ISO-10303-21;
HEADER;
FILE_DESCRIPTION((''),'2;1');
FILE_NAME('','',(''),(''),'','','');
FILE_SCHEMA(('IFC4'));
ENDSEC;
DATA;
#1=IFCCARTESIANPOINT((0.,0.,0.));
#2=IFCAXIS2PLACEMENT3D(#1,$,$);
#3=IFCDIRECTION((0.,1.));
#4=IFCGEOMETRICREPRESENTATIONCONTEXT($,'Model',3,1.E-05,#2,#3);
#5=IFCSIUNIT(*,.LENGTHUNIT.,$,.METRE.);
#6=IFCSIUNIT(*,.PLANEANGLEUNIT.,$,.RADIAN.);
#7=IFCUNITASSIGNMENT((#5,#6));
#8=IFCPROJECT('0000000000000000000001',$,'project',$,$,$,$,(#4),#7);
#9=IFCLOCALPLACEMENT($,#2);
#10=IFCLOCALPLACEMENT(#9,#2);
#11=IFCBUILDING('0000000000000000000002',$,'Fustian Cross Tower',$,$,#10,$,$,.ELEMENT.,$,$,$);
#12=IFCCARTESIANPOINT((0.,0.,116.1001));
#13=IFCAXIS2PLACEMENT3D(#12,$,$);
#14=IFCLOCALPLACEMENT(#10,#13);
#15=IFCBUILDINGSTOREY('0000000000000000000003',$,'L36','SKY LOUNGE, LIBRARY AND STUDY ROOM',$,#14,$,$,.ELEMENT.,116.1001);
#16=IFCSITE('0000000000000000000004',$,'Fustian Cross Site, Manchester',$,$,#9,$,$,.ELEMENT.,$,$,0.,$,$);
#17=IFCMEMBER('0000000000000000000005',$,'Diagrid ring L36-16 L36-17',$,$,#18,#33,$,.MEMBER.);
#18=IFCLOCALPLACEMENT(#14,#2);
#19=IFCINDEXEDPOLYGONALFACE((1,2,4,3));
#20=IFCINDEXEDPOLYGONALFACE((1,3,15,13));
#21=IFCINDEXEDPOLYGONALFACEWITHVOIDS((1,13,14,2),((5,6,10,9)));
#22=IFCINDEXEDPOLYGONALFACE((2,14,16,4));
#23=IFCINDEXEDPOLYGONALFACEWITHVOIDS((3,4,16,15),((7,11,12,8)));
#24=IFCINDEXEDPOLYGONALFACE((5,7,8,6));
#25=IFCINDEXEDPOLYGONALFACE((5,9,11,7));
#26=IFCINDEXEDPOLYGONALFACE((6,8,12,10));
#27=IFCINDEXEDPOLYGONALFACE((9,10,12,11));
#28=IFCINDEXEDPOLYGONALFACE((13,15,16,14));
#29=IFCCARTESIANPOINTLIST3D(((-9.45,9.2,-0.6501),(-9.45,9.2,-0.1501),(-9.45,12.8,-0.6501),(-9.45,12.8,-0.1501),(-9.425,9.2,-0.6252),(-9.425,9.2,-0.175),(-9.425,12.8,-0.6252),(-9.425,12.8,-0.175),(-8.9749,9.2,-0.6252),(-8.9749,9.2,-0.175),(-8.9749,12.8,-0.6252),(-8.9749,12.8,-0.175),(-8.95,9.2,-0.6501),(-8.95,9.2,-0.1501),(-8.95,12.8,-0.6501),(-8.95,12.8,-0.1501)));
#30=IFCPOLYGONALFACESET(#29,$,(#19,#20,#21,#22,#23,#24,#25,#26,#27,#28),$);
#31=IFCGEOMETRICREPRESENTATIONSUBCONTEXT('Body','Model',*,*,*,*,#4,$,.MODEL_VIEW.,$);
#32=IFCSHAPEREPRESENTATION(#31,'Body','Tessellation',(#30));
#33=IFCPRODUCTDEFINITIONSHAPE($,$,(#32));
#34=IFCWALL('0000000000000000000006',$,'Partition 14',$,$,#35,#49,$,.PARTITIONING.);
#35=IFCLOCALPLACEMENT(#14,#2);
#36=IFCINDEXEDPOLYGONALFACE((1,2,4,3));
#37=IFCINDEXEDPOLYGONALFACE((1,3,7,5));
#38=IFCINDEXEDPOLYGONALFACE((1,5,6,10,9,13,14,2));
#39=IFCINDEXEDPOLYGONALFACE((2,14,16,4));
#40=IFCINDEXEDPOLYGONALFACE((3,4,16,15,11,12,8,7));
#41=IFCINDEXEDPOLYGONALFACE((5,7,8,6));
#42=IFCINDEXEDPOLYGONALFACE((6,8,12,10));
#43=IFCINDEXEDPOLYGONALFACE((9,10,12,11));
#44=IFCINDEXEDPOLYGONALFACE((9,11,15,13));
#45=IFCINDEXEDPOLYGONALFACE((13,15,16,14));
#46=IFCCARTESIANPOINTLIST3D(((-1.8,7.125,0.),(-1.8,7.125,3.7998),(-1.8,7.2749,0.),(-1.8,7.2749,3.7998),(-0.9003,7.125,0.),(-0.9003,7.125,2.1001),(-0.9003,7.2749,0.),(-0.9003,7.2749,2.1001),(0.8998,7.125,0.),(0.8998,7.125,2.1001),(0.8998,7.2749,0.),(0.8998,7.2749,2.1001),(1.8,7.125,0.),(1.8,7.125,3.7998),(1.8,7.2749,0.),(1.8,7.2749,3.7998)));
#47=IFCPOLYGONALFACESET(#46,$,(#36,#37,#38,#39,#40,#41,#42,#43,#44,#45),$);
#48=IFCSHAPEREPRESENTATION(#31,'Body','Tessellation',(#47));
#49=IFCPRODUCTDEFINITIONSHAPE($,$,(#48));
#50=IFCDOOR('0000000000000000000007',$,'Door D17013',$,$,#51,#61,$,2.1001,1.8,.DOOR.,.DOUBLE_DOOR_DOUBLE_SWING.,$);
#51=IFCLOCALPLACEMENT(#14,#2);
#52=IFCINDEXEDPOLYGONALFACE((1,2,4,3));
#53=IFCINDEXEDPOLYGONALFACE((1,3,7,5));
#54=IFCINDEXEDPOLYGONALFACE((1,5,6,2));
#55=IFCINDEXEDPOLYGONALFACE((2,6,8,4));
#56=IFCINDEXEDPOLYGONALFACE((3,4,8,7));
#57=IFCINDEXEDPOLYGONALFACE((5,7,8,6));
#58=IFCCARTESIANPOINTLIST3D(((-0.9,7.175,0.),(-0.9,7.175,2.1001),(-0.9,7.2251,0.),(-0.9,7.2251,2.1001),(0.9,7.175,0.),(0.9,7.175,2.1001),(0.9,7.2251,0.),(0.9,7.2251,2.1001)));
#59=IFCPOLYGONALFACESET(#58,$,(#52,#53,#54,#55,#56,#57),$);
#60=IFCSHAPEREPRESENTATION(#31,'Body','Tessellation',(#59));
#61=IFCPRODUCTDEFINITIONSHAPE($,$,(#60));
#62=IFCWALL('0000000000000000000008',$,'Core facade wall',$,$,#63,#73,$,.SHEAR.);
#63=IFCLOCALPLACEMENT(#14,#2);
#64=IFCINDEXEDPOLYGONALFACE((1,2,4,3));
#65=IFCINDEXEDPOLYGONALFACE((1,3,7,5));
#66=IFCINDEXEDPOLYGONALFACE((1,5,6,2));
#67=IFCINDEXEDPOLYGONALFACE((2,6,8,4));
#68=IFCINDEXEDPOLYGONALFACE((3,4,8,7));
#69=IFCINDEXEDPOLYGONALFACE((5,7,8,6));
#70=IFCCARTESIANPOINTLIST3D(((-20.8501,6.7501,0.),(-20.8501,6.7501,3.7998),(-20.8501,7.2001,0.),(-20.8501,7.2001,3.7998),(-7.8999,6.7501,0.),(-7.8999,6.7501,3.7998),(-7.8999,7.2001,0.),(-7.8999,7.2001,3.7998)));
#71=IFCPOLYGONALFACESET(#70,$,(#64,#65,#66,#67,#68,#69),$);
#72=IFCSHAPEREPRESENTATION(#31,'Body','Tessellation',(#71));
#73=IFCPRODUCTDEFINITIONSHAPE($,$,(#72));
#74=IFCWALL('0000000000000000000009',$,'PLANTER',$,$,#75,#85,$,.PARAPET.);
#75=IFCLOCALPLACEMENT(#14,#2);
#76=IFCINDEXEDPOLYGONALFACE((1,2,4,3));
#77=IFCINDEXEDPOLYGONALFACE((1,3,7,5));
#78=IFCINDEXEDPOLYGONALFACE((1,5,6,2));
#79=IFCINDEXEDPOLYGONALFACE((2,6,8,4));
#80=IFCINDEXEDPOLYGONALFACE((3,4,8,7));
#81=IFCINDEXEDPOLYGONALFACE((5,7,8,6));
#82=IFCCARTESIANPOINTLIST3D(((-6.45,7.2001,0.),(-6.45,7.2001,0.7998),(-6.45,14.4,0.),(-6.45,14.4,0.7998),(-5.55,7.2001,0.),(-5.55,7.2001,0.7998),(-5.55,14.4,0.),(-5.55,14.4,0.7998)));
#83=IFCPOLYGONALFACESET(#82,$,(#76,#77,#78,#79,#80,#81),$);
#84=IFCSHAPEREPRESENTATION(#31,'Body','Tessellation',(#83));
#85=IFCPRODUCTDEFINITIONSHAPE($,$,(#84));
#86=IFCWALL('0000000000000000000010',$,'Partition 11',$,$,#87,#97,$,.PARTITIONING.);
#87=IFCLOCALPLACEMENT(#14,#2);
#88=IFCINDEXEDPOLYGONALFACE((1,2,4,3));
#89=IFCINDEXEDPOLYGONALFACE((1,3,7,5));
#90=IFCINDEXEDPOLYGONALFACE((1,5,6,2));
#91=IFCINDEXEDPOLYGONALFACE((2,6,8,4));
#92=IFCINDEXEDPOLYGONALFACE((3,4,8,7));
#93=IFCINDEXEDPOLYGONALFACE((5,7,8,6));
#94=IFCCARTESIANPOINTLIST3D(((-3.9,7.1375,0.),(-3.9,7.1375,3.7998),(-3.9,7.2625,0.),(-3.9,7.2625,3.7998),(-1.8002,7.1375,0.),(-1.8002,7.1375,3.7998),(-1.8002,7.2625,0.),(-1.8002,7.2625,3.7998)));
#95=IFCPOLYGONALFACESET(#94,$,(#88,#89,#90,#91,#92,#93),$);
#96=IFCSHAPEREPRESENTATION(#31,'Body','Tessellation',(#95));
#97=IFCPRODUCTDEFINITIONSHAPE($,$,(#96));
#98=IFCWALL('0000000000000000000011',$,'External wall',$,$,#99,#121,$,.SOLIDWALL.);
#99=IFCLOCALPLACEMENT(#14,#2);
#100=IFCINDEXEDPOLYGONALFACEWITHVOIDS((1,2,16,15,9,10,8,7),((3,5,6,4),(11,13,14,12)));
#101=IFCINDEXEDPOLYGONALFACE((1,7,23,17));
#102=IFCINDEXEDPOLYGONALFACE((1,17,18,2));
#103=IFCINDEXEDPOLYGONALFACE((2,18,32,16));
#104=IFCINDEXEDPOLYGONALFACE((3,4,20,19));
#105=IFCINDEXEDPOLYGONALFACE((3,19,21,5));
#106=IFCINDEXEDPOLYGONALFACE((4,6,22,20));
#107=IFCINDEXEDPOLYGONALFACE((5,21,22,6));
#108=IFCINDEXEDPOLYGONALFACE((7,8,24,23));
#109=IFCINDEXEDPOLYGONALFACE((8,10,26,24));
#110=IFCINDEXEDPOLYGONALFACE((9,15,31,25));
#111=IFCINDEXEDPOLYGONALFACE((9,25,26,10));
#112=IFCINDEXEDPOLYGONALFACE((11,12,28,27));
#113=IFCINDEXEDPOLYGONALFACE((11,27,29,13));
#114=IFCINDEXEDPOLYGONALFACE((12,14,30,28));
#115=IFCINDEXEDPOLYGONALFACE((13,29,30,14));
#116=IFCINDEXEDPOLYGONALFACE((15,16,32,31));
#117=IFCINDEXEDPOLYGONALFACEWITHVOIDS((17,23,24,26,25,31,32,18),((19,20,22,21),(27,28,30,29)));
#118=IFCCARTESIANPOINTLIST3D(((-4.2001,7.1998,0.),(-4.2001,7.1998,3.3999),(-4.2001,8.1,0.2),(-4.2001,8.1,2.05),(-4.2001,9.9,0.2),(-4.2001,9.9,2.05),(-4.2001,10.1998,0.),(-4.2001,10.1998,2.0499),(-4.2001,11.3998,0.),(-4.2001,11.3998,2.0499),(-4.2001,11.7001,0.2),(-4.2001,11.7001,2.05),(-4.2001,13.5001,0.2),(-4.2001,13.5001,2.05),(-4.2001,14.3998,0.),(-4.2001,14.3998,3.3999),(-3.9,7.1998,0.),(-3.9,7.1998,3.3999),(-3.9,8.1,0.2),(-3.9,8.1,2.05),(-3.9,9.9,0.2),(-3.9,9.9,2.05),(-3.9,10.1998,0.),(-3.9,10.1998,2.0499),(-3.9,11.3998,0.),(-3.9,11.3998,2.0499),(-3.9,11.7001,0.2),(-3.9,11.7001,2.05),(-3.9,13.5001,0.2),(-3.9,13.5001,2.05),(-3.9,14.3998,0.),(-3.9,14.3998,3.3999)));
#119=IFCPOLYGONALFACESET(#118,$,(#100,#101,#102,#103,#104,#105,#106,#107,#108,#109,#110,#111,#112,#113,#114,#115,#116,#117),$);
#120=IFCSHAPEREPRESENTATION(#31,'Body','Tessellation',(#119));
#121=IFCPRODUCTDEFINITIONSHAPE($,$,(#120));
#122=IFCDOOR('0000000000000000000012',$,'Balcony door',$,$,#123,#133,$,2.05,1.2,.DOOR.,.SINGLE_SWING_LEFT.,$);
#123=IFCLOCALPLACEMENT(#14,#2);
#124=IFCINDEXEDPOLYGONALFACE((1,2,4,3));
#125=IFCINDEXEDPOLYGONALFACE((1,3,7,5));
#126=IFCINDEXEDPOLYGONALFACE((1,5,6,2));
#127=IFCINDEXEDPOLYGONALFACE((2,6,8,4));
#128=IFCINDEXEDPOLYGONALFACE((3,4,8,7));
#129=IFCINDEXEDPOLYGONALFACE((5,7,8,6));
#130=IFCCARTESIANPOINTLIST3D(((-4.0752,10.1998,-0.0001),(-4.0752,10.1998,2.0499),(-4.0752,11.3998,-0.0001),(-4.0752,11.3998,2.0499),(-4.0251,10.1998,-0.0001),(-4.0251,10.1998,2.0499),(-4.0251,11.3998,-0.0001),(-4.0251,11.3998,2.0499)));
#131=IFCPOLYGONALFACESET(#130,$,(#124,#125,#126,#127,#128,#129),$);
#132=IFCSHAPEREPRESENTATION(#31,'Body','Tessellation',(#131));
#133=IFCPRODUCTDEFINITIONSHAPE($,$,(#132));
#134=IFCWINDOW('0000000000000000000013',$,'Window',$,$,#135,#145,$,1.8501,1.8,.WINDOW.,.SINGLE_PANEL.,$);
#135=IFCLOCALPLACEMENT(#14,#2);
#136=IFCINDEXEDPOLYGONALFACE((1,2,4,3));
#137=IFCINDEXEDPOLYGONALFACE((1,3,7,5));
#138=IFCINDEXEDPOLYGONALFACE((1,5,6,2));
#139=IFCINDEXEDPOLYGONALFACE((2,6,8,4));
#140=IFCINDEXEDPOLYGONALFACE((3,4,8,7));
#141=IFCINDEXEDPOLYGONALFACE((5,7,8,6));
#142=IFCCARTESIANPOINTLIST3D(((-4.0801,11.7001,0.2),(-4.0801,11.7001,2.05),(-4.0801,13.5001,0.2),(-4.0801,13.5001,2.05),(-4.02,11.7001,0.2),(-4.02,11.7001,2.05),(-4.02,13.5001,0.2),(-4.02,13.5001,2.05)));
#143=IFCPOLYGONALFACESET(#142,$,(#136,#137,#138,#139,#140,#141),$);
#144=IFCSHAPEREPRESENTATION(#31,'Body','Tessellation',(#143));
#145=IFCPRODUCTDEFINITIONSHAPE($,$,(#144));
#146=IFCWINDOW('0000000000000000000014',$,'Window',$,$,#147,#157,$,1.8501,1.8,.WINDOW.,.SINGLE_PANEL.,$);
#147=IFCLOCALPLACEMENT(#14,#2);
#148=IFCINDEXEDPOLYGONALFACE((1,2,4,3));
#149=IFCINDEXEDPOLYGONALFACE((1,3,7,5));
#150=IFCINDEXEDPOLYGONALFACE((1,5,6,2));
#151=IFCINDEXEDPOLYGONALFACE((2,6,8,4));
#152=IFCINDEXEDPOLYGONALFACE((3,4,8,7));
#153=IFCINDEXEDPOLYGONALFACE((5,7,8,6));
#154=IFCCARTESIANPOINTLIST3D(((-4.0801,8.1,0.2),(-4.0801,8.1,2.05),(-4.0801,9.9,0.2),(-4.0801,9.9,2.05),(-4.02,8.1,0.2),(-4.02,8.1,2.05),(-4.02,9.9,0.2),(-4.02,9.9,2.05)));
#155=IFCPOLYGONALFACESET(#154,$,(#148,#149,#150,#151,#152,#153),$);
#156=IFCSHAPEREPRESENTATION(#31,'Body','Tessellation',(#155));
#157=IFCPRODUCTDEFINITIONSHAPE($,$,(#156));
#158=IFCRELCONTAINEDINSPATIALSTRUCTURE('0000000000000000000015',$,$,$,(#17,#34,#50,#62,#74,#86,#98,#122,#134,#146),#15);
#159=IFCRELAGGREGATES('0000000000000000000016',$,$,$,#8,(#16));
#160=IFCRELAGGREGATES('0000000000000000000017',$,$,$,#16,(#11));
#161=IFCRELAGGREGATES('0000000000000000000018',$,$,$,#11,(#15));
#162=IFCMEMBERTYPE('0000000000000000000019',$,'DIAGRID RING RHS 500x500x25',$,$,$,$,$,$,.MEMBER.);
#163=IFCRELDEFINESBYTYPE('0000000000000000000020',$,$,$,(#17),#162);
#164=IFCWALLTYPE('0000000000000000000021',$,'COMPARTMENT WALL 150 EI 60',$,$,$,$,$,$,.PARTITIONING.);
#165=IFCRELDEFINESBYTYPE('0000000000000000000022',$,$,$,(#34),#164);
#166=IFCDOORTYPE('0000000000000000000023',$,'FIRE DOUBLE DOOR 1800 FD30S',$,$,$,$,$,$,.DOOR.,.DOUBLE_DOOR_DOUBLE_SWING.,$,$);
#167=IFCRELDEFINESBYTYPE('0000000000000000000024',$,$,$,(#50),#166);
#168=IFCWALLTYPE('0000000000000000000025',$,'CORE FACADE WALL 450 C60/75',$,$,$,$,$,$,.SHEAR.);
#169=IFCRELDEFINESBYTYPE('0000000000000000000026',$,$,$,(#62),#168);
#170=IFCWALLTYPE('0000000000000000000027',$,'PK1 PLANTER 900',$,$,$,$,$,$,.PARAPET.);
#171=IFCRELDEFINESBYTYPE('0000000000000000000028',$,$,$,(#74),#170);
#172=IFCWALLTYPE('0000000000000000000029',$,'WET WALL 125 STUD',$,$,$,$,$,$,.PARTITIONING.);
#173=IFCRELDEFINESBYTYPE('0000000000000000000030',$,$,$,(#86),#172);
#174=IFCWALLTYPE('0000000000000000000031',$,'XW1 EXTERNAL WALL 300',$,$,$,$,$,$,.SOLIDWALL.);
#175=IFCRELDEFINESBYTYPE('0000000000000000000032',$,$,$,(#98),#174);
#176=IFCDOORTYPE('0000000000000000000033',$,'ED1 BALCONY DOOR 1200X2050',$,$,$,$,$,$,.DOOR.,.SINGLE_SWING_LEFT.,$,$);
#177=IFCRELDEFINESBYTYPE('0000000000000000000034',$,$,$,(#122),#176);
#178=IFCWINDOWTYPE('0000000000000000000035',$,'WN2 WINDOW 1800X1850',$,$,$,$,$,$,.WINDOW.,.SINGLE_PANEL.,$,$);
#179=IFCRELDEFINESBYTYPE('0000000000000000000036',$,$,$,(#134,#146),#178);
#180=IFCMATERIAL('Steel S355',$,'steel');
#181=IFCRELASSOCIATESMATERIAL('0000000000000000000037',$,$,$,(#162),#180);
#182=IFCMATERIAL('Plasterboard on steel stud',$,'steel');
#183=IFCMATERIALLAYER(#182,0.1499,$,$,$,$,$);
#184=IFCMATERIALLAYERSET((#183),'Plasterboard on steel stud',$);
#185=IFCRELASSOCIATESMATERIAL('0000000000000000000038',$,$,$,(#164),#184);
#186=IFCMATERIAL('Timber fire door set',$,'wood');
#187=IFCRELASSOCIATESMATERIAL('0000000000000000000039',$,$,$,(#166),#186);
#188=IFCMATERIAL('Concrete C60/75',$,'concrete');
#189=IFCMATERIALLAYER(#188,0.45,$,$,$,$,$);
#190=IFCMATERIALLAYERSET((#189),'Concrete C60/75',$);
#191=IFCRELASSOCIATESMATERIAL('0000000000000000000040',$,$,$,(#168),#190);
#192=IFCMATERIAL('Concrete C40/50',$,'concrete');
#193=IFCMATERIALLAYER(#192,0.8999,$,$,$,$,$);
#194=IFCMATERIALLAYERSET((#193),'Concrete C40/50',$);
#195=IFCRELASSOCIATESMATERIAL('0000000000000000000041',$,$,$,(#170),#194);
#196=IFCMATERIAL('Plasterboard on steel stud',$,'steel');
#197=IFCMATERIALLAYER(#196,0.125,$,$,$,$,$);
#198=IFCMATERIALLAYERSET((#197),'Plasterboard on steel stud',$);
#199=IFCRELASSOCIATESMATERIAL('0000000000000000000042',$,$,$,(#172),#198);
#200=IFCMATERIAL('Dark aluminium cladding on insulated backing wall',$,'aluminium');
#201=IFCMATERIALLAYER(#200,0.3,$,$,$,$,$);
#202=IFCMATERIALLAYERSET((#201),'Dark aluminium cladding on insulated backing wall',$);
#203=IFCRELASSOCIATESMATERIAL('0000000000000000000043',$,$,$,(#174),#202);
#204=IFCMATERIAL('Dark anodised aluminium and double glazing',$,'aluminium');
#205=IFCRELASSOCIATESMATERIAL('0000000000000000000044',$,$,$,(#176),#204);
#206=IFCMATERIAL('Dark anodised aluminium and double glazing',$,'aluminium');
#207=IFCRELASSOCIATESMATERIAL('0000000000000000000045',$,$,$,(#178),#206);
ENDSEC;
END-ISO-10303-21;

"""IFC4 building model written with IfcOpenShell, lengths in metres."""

from ifc_helpers import new_model, si_unit, direction, frame, frame_2d, origin, origin_2d, place, context, subcontext, project, spatial, rectangle, hollow_rectangle, extrude, material, layer, layer_set, material_profile, profile_set, type_object, element, fill, save


model = new_model("IFC4")

# Units and contexts
model_context = context("Model", 3, precision=1e-05, world=origin(), true_north=direction((0.0, 1.0)))
body_context = subcontext(model_context, "Body", "Model", "MODEL_VIEW")
ifc_project = project(units=[si_unit("LENGTHUNIT", "METRE"), si_unit("PLANEANGLEUNIT", "RADIAN")], contexts=[model_context])

# Site, building, storey
site_placement = place(None, origin())
site = spatial("IfcSite", under=ifc_project, at=site_placement, Name="Fustian Cross Site, Manchester", CompositionType="ELEMENT", RefElevation=0.0)
building_placement = place(site_placement, origin())
building = spatial("IfcBuilding", under=site, at=building_placement, Name="Fustian Cross Tower", CompositionType="ELEMENT")
storey_placement = place(building_placement, frame((0.0, 0.0, 116.1001)))
storey = spatial("IfcBuildingStorey", under=building, at=storey_placement, Name="L36", Description="SKY LOUNGE, LIBRARY AND STUDY ROOM", CompositionType="ELEMENT", Elevation=116.1001)

# Member
ifc_material_1 = material(Name="Steel S355", Category="steel")
ifc_material_profile = material_profile(ifc_material_1, hollow_rectangle(XDim=0.5, YDim=0.5, WallThickness=0.0249, at=origin_2d()), Name="RHS 500x500x25")
ifc_profile_set = profile_set([ifc_material_profile], Name="Steel S355")
member_type = type_object("IfcMemberType", Name="DIAGRID RING RHS 500x500x25", PredefinedType="MEMBER", material=ifc_profile_set)
member_placement = place(storey_placement, frame((-9.2, 12.8, -0.4001), z_axis=(0.0, -1.0, 0.0), x_axis=(1.0, 0.0, 0.0)))
element("IfcMember", 1, at=member_placement, inside=storey, type_object=member_type, Name="Diagrid ring L36-16 L36-17", PredefinedType="MEMBER", context=body_context, shape_type="SweptSolid", body=[
    extrude(hollow_rectangle(XDim=0.5, YDim=0.5, WallThickness=0.0249, at=origin_2d()), origin(), (0.0, 0.0, 1.0), 3.6001),
])

# Wall, opening, door
ifc_material_2 = material(Name="Plasterboard on steel stud", Category="steel")
ifc_layer_1 = layer(ifc_material_2, 0.1499)
ifc_layer_set_1 = layer_set([ifc_layer_1], Name="Plasterboard on steel stud")
wall_type_1 = type_object("IfcWallType", Name="COMPARTMENT WALL 150 EI 60", PredefinedType="PARTITIONING", material=ifc_layer_set_1)
wall_1_placement = place(storey_placement, frame((-1.8, 7.2, 0.0), z_axis=(0.0, 0.0, 1.0), x_axis=(1.0, 0.0, 0.0)))
wall_1 = element("IfcWall", 2, at=wall_1_placement, inside=storey, type_object=wall_type_1, Name="Partition 14", PredefinedType="PARTITIONING", context=body_context, shape_type="SweptSolid", body=[
    extrude(rectangle(XDim=3.6001, YDim=0.1499, at=frame_2d((1.8, 0.0))), origin(), (0.0, 0.0, 1.0), 3.7998),
])
opening_1_placement = place(wall_1_placement, frame((0.8999, 0.0, 0.0)))
opening_1 = element("IfcOpeningElement", 3, at=opening_1_placement, cuts=wall_1, PredefinedType="OPENING", context=body_context, shape_type="SweptSolid", body=[
    extrude(rectangle(XDim=1.8, YDim=2.1001, at=frame_2d((0.8999, 1.05))), frame((0.0, 0.085, 0.0), z_axis=(0.0, -1.0, 0.0), x_axis=(1.0, 0.0, 0.0)), (0.0, 0.0, 1.0), 0.1699),
])
ifc_material_3 = material(Name="Timber fire door set", Category="wood")
door_type_1 = type_object("IfcDoorType", Name="FIRE DOUBLE DOOR 1800 FD30S", OperationType="DOUBLE_DOOR_DOUBLE_SWING", PredefinedType="DOOR", material=ifc_material_3)
door_1_placement = place(opening_1_placement, frame((1.8, 0.0, 0.0), z_axis=(0.0, 0.0, 1.0), x_axis=(-1.0, 0.0, 0.0)))
door_1 = element("IfcDoor", 4, at=door_1_placement, inside=storey, type_object=door_type_1, Name="Door D17013", OperationType="DOUBLE_DOOR_DOUBLE_SWING", OverallHeight=2.1001, OverallWidth=1.8, PredefinedType="DOOR", context=body_context, shape_type="SweptSolid", body=[
    extrude(rectangle(XDim=1.8, YDim=2.1001, at=frame_2d((0.8999, 1.05))), frame((0.0, 0.0249, 0.0), z_axis=(0.0, -1.0, 0.0), x_axis=(1.0, 0.0, 0.0)), (0.0, 0.0, 1.0), 0.05),
])
fill(opening_1, door_1)

# Walls
ifc_material_4 = material(Name="Concrete C60/75", Category="concrete")
ifc_layer_2 = layer(ifc_material_4, 0.45)
ifc_layer_set_2 = layer_set([ifc_layer_2], Name="Concrete C60/75")
wall_type_2 = type_object("IfcWallType", Name="CORE FACADE WALL 450 C60/75", PredefinedType="SHEAR", material=ifc_layer_set_2)
wall_2_placement = place(storey_placement, frame((-7.8999, 6.9751, 0.0), z_axis=(0.0, 0.0, 1.0), x_axis=(-1.0, 0.0, 0.0)))
element("IfcWall", 5, at=wall_2_placement, inside=storey, type_object=wall_type_2, Name="Core facade wall", PredefinedType="SHEAR", context=body_context, shape_type="SweptSolid", body=[
    extrude(rectangle(XDim=12.9502, YDim=0.45, at=frame_2d((6.4751, 0.0))), origin(), (0.0, 0.0, 1.0), 3.7998),
])
ifc_material_5 = material(Name="Concrete C40/50", Category="concrete")
ifc_layer_3 = layer(ifc_material_5, 0.8999)
ifc_layer_set_3 = layer_set([ifc_layer_3], Name="Concrete C40/50")
wall_type_3 = type_object("IfcWallType", Name="PK1 PLANTER 900", PredefinedType="PARAPET", material=ifc_layer_set_3)
wall_3_placement = place(storey_placement, frame((-6.0, 7.2, 0.0), z_axis=(0.0, 0.0, 1.0), x_axis=(0.0, 1.0, 0.0)))
element("IfcWall", 6, at=wall_3_placement, inside=storey, type_object=wall_type_3, Name="PLANTER", PredefinedType="PARAPET", context=body_context, shape_type="SweptSolid", body=[
    extrude(rectangle(XDim=7.2, YDim=0.8999, at=frame_2d((3.6001, 0.0))), origin(), (0.0, 0.0, 1.0), 0.7998),
])
ifc_material_6 = material(Name="Plasterboard on steel stud", Category="steel")
ifc_layer_4 = layer(ifc_material_6, 0.125)
ifc_layer_set_4 = layer_set([ifc_layer_4], Name="Plasterboard on steel stud")
wall_type_4 = type_object("IfcWallType", Name="WET WALL 125 STUD", PredefinedType="PARTITIONING", material=ifc_layer_set_4)
wall_4_placement = place(storey_placement, frame((-3.8999, 7.2, 0.0), z_axis=(0.0, 0.0, 1.0), x_axis=(1.0, 0.0, 0.0)))
element("IfcWall", 7, at=wall_4_placement, inside=storey, type_object=wall_type_4, Name="Partition 11", PredefinedType="PARTITIONING", context=body_context, shape_type="SweptSolid", body=[
    extrude(rectangle(XDim=2.0999, YDim=0.125, at=frame_2d((1.0498, 0.0))), origin(), (0.0, 0.0, 1.0), 3.7998),
])

# Wall, openings, door, windows
ifc_material_7 = material(Name="Dark aluminium cladding on insulated backing wall", Category="aluminium")
ifc_layer_5 = layer(ifc_material_7, 0.3)
ifc_layer_set_5 = layer_set([ifc_layer_5], Name="Dark aluminium cladding on insulated backing wall")
wall_type_5 = type_object("IfcWallType", Name="XW1 EXTERNAL WALL 300", PredefinedType="SOLIDWALL", material=ifc_layer_set_5)
wall_5_placement = place(storey_placement, frame((-4.05, 14.3999, 0.0), z_axis=(0.0, 0.0, 1.0), x_axis=(0.0, -1.0, 0.0)))
wall_5 = element("IfcWall", 8, at=wall_5_placement, inside=storey, type_object=wall_type_5, Name="External wall", PredefinedType="SOLIDWALL", context=body_context, shape_type="SweptSolid", body=[
    extrude(rectangle(XDim=7.2, YDim=0.3, at=frame_2d((3.6001, 0.0))), origin(), (0.0, 0.0, 1.0), 3.3999),
])
opening_2_placement = place(wall_5_placement, frame((3.0, 0.0, 0.0)))
opening_2 = element("IfcOpeningElement", 9, at=opening_2_placement, cuts=wall_5, PredefinedType="OPENING", context=body_context, shape_type="SweptSolid", body=[
    extrude(rectangle(XDim=1.2, YDim=2.05, at=frame_2d((0.6001, 1.0249))), frame((0.0, 0.1599, 0.0), z_axis=(0.0, -1.0, 0.0), x_axis=(1.0, 0.0, 0.0)), (0.0, 0.0, 1.0), 0.3201),
])
opening_3_placement = place(wall_5_placement, frame((0.8999, 0.0, 0.2)))
opening_3 = element("IfcOpeningElement", 10, at=opening_3_placement, cuts=wall_5, PredefinedType="OPENING", context=body_context, shape_type="SweptSolid", body=[
    extrude(rectangle(XDim=1.8, YDim=1.8501, at=frame_2d((0.8999, 0.925))), frame((0.0, 0.1599, 0.0), z_axis=(0.0, -1.0, 0.0), x_axis=(1.0, 0.0, 0.0)), (0.0, 0.0, 1.0), 0.3201),
])
opening_4_placement = place(wall_5_placement, frame((4.5, 0.0, 0.2)))
opening_4 = element("IfcOpeningElement", 11, at=opening_4_placement, cuts=wall_5, PredefinedType="OPENING", context=body_context, shape_type="SweptSolid", body=[
    extrude(rectangle(XDim=1.8, YDim=1.8501, at=frame_2d((0.8999, 0.925))), frame((0.0, 0.1599, 0.0), z_axis=(0.0, -1.0, 0.0), x_axis=(1.0, 0.0, 0.0)), (0.0, 0.0, 1.0), 0.3201),
])
ifc_material_8 = material(Name="Dark anodised aluminium and double glazing", Category="aluminium")
door_type_2 = type_object("IfcDoorType", Name="ED1 BALCONY DOOR 1200X2050", OperationType="SINGLE_SWING_LEFT", PredefinedType="DOOR", material=ifc_material_8)
door_2_placement = place(opening_2_placement, origin())
door_2 = element("IfcDoor", 12, at=door_2_placement, inside=storey, type_object=door_type_2, Name="Balcony door", OperationType="SINGLE_SWING_LEFT", OverallHeight=2.05, OverallWidth=1.2, PredefinedType="DOOR", context=body_context, shape_type="SweptSolid", body=[
    extrude(rectangle(XDim=1.2, YDim=2.05, at=frame_2d((0.6001, 1.0249))), frame((0.0, 0.0249, 0.0), z_axis=(0.0, -1.0, 0.0), x_axis=(1.0, 0.0, 0.0)), (0.0, 0.0, 1.0), 0.05),
])
fill(opening_2, door_2)
ifc_material_9 = material(Name="Dark anodised aluminium and double glazing", Category="aluminium")
window_type = type_object("IfcWindowType", Name="WN2 WINDOW 1800X1850", PartitioningType="SINGLE_PANEL", PredefinedType="WINDOW", material=ifc_material_9)
window_1_placement = place(opening_3_placement, origin())
window_1 = element("IfcWindow", 13, at=window_1_placement, inside=storey, type_object=window_type, Name="Window", OverallHeight=1.8501, OverallWidth=1.8, PartitioningType="SINGLE_PANEL", PredefinedType="WINDOW", context=body_context, shape_type="SweptSolid", body=[
    extrude(rectangle(XDim=1.8, YDim=1.8501, at=frame_2d((0.8999, 0.925))), frame((0.0, 0.03, 0.0), z_axis=(0.0, -1.0, 0.0), x_axis=(1.0, 0.0, 0.0)), (0.0, 0.0, 1.0), 0.0601),
])
fill(opening_3, window_1)
window_2_placement = place(opening_4_placement, origin())
window_2 = element("IfcWindow", 14, at=window_2_placement, inside=storey, type_object=window_type, Name="Window", OverallHeight=1.8501, OverallWidth=1.8, PartitioningType="SINGLE_PANEL", PredefinedType="WINDOW", context=body_context, shape_type="SweptSolid", body=[
    extrude(rectangle(XDim=1.8, YDim=1.8501, at=frame_2d((0.8999, 0.925))), frame((0.0, 0.03, 0.0), z_axis=(0.0, -1.0, 0.0), x_axis=(1.0, 0.0, 0.0)), (0.0, 0.0, 1.0), 0.0601),
])
fill(opening_4, window_2)

save(model, "model.ifc")
